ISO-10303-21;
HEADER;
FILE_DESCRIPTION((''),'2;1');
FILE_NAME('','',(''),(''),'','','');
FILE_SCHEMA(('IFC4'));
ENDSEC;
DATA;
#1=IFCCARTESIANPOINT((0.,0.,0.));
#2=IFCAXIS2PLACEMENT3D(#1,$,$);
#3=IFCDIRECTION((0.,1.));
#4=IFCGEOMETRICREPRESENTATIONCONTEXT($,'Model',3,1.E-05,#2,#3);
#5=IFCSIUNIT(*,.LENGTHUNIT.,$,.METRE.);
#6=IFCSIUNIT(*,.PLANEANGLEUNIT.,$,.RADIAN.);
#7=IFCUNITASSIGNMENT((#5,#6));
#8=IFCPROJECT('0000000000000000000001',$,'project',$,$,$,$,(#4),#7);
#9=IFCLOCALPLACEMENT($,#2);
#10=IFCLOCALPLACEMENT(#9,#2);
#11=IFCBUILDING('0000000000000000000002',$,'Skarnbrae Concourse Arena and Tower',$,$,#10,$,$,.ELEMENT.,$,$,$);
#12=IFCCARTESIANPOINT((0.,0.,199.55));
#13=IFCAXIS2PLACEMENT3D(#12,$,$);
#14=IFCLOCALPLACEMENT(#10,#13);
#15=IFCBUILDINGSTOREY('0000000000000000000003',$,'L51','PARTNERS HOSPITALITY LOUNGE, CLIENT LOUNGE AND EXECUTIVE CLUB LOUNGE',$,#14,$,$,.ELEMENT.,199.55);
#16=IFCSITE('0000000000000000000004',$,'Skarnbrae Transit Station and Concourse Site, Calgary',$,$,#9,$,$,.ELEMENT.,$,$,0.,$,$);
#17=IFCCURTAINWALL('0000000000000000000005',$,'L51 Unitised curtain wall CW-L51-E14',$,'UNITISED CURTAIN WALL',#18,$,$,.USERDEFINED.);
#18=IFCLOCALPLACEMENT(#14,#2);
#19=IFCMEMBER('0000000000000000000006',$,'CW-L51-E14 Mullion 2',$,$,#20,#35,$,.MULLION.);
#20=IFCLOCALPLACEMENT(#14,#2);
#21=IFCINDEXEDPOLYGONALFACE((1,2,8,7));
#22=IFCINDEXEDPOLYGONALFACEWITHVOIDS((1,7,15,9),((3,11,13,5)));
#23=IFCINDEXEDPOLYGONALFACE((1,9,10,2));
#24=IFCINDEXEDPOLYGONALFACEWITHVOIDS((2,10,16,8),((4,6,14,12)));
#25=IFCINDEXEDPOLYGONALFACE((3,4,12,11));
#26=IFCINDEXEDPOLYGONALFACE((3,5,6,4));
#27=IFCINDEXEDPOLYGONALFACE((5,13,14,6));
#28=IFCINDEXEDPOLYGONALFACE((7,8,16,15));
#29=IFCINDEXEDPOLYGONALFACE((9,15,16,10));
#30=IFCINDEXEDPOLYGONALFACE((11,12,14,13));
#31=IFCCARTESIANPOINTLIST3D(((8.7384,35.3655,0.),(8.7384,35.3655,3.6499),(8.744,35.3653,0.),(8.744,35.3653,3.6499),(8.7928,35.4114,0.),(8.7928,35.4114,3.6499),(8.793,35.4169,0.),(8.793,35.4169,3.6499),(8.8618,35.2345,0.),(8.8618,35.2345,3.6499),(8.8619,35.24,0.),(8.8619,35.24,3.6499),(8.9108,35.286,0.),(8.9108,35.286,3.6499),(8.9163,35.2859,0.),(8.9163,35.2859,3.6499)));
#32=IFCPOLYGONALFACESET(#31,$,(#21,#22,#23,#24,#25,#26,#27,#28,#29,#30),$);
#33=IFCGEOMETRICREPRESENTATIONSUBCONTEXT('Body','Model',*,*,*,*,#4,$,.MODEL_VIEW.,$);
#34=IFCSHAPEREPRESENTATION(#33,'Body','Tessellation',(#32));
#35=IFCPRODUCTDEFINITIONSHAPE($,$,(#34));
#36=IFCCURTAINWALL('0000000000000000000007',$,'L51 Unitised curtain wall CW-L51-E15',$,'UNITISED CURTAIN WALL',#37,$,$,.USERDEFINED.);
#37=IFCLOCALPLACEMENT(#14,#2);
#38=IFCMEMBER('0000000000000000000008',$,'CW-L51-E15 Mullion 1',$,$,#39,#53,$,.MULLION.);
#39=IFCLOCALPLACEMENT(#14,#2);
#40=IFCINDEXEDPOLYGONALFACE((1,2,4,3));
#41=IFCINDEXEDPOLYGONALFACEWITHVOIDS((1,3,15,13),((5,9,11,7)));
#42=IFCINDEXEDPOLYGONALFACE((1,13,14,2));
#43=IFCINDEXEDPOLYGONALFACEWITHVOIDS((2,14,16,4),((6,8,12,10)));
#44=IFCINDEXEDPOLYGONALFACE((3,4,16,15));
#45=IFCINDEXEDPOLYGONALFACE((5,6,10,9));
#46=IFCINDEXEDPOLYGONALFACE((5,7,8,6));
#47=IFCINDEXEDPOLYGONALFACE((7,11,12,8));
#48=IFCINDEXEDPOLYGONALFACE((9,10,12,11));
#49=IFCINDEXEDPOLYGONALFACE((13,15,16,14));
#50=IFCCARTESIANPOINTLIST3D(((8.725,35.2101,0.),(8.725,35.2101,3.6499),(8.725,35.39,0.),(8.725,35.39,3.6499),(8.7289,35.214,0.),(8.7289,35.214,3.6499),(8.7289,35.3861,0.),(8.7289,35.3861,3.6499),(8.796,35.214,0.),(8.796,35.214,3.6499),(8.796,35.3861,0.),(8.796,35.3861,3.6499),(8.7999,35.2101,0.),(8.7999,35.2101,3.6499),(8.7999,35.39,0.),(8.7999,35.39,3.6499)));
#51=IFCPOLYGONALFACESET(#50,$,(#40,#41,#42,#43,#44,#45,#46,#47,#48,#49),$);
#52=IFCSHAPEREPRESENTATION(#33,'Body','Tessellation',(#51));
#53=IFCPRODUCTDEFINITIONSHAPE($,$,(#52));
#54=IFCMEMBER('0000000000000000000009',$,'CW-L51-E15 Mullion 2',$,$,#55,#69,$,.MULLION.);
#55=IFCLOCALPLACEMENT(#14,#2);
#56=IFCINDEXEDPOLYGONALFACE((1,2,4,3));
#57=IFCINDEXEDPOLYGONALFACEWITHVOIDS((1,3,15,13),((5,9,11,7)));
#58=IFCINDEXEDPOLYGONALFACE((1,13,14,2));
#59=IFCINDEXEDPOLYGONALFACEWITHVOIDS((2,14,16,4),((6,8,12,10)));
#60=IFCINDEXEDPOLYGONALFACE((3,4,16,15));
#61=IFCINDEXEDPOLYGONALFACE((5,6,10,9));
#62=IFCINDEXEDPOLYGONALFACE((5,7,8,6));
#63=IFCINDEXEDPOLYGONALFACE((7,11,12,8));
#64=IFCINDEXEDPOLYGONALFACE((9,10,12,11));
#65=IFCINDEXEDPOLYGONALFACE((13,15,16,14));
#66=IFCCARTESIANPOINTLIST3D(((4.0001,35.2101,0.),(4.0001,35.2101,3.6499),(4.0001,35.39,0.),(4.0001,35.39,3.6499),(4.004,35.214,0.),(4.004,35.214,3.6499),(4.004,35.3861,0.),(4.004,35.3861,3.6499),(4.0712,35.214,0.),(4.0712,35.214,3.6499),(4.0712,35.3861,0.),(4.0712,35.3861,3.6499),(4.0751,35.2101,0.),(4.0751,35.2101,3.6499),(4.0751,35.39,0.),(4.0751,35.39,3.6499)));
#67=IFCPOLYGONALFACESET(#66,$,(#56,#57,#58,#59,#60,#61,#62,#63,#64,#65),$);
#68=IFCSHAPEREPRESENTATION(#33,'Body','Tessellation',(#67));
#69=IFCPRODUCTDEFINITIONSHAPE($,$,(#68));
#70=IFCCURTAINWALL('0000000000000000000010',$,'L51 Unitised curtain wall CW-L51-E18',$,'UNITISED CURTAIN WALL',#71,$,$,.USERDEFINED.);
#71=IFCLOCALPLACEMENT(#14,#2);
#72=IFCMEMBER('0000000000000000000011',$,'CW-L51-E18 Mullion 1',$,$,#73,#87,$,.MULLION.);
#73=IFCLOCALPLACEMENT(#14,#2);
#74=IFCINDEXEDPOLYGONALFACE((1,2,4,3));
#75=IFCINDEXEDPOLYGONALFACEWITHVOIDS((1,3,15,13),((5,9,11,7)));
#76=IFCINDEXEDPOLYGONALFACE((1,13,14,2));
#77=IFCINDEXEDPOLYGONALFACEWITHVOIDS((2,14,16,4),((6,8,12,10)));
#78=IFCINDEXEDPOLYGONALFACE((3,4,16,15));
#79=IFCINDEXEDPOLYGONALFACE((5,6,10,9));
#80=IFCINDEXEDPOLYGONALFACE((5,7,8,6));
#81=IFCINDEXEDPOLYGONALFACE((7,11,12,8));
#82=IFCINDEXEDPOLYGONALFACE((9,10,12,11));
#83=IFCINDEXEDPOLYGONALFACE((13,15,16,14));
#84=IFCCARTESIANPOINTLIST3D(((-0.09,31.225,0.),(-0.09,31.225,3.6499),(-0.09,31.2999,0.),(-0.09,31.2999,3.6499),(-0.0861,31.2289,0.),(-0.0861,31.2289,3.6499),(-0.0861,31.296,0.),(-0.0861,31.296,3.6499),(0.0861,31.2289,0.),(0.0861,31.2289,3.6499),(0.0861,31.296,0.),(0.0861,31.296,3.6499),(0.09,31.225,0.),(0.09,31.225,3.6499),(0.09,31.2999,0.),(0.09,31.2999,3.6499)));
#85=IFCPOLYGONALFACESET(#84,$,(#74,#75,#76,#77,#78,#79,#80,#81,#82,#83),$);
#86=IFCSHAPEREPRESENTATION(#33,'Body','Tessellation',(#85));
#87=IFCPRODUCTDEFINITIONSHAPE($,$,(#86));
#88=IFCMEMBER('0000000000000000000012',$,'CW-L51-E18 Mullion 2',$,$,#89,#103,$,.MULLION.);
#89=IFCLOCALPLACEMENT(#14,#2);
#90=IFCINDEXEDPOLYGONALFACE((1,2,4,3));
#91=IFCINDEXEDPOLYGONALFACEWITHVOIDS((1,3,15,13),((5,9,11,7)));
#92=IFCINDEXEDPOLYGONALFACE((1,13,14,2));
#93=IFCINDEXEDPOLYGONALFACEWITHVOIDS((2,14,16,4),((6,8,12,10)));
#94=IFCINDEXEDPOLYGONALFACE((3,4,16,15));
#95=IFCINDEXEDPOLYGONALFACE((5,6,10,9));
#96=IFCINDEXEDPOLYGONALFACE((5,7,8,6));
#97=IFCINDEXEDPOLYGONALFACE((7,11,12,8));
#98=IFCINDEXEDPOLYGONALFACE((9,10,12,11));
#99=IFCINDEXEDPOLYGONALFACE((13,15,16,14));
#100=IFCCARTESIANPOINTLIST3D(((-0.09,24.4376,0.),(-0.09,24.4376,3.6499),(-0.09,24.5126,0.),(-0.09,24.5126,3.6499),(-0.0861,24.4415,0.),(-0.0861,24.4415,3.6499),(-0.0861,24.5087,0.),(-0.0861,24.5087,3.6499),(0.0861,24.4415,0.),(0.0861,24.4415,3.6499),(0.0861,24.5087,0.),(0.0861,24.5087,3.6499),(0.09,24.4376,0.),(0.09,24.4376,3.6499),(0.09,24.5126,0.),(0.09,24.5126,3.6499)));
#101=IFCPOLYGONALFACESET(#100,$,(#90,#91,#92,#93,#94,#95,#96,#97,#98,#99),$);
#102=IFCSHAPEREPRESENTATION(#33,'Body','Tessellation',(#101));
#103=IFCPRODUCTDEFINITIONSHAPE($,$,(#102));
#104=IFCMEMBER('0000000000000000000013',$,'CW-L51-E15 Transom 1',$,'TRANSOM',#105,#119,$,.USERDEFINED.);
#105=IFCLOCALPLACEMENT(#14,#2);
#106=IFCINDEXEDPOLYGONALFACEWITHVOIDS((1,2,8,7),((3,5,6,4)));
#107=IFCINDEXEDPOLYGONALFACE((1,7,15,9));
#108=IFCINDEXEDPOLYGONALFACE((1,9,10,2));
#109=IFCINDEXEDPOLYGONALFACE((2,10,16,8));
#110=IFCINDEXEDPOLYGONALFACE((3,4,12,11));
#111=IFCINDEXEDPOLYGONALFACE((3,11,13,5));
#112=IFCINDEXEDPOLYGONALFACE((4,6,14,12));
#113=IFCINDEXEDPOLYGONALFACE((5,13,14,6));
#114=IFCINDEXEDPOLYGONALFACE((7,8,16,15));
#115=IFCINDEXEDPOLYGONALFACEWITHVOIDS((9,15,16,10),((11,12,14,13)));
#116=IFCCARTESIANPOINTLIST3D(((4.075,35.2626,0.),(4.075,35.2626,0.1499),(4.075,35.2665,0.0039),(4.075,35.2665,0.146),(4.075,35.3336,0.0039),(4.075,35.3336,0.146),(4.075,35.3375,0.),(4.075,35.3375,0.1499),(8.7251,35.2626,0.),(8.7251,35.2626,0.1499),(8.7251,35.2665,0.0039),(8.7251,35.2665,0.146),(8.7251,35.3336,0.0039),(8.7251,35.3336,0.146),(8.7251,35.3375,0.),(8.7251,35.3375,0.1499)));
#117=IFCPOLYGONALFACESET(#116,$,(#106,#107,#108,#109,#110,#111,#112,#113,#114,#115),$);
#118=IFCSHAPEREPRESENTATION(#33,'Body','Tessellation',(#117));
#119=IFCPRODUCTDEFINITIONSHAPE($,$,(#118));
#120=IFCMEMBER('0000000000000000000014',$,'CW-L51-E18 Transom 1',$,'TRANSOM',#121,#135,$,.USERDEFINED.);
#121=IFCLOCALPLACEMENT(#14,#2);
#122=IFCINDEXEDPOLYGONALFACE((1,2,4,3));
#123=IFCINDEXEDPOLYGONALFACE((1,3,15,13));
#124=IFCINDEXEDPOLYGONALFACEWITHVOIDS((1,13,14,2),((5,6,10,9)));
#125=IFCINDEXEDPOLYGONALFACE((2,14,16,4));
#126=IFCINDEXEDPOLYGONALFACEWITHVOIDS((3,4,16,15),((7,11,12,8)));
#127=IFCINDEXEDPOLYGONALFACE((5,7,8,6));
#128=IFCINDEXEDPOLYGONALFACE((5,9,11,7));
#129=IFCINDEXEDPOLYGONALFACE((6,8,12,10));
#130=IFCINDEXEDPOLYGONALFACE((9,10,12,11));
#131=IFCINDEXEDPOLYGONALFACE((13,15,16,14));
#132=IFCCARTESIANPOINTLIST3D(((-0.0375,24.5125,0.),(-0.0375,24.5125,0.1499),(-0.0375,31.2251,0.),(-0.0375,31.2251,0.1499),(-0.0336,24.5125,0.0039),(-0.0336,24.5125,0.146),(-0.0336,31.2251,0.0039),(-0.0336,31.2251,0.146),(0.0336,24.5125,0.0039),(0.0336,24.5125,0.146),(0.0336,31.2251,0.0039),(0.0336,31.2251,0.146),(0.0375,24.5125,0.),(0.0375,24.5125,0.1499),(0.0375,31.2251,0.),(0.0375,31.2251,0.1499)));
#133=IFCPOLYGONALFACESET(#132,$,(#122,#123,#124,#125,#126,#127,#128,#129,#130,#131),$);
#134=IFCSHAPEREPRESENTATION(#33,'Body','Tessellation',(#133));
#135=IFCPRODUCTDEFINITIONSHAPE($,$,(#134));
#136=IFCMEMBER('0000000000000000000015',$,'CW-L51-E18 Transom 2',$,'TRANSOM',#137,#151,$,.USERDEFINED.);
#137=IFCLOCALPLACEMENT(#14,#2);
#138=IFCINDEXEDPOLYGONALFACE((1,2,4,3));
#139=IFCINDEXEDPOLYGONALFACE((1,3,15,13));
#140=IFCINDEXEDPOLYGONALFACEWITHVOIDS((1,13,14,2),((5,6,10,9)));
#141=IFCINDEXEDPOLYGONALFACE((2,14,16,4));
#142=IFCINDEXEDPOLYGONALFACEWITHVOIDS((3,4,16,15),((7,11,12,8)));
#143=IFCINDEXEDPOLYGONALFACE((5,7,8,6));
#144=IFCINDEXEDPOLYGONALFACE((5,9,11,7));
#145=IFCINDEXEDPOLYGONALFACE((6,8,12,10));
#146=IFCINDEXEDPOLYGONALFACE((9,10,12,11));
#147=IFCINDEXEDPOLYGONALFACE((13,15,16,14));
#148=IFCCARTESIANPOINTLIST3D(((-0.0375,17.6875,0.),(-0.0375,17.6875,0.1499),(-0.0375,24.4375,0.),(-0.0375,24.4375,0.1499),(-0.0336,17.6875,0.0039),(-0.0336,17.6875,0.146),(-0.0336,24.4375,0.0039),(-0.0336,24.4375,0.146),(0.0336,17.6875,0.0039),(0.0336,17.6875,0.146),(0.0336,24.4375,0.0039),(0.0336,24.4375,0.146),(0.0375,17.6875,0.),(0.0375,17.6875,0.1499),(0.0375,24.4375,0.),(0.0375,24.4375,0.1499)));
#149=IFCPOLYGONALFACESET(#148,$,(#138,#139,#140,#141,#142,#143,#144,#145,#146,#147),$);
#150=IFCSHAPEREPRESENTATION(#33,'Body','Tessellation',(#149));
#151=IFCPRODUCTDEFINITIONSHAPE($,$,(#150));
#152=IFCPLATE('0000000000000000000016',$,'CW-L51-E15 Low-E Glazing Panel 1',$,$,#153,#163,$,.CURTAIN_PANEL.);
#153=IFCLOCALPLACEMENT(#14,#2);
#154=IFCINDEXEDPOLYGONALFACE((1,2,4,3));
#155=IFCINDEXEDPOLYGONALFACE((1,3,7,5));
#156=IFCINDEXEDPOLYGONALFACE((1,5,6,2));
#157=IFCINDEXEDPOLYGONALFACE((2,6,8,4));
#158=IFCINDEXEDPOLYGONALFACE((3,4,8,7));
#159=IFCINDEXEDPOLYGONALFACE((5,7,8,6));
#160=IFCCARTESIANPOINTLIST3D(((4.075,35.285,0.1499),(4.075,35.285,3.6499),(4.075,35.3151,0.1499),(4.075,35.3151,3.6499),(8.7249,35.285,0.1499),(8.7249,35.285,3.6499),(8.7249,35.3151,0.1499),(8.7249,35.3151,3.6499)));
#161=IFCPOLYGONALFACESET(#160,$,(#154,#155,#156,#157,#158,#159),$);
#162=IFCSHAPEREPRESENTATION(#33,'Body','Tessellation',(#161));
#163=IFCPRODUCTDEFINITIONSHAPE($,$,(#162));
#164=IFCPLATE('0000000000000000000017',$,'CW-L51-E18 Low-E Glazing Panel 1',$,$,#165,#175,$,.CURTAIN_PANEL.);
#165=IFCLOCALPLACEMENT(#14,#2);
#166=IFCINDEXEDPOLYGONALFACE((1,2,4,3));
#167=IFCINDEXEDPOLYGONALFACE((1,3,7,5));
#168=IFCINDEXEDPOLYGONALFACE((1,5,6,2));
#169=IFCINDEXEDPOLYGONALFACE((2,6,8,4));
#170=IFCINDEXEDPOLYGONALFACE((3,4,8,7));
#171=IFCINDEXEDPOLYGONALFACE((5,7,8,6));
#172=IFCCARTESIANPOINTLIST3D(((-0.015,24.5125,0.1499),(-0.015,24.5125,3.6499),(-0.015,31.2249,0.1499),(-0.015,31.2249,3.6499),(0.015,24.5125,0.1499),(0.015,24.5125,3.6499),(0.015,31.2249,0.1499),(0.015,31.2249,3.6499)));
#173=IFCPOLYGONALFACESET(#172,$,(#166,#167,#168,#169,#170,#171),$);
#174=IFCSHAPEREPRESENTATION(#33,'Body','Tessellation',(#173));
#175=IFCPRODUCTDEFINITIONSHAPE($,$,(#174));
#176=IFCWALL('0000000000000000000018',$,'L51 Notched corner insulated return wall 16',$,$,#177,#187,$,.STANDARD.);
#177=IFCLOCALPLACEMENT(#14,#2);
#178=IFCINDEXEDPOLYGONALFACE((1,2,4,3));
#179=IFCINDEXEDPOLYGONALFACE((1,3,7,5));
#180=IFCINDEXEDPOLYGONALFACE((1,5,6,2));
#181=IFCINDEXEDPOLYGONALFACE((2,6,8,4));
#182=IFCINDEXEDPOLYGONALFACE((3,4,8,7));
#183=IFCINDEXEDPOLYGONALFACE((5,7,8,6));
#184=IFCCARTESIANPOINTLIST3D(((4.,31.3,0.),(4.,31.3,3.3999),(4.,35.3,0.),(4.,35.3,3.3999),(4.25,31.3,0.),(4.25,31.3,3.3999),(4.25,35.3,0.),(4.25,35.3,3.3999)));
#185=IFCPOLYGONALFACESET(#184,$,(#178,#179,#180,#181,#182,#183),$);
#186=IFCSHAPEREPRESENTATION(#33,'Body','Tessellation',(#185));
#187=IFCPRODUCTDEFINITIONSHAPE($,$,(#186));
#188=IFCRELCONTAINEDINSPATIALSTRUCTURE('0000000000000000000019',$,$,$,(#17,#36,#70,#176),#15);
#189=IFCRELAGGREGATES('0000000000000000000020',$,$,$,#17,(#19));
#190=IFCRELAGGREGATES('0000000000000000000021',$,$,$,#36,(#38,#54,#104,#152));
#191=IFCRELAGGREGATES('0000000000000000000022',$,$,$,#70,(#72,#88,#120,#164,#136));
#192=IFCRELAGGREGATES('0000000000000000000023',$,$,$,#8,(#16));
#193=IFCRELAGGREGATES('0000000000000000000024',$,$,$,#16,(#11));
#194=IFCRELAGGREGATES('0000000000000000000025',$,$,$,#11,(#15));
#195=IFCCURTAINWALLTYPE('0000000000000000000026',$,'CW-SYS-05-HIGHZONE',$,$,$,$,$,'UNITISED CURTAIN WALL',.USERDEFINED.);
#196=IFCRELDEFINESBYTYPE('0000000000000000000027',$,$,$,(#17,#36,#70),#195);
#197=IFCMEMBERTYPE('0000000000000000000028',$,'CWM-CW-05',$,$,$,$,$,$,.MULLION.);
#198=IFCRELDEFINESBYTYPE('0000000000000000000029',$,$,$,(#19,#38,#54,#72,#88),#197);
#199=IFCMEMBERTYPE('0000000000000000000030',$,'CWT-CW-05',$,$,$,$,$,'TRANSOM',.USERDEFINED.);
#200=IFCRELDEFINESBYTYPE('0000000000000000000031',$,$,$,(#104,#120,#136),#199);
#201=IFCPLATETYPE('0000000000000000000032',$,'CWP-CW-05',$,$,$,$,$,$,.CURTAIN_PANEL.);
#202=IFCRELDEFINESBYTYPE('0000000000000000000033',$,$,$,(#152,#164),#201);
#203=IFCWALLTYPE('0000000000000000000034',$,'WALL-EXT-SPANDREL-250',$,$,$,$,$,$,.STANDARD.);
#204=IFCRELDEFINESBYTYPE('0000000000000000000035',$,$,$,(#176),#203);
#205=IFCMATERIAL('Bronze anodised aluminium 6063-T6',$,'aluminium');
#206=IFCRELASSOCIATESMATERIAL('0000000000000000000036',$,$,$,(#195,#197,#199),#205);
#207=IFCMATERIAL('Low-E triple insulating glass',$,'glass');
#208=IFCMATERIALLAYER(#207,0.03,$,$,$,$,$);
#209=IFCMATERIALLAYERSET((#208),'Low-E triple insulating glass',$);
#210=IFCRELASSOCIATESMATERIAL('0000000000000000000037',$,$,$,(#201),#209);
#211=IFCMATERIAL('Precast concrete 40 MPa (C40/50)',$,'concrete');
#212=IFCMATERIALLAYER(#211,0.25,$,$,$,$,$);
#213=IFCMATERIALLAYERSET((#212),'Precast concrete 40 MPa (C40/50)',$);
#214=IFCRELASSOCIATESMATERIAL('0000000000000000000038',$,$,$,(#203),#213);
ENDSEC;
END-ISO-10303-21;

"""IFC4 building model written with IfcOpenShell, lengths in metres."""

from ifc_helpers import new_model, si_unit, direction, frame, frame_2d, origin, origin_2d, place, context, subcontext, project, spatial, rectangle, hollow_rectangle, extrude, source, transform, mapped, material, layer, layer_set, material_profile, profile_set, type_object, element, aggregate, save


model = new_model("IFC4")

# Units and contexts
model_context = context("Model", 3, precision=1e-05, world=origin(), true_north=direction((0.0, 1.0)))
body_context = subcontext(model_context, "Body", "Model", "MODEL_VIEW")
ifc_project = project(units=[si_unit("LENGTHUNIT", "METRE"), si_unit("PLANEANGLEUNIT", "RADIAN")], contexts=[model_context])

# Site, building, storey
site_placement = place(None, origin())
site = spatial("IfcSite", under=ifc_project, at=site_placement, Name="Skarnbrae Transit Station and Concourse Site, Calgary", CompositionType="ELEMENT", RefElevation=0.0)
building_placement = place(site_placement, origin())
building = spatial("IfcBuilding", under=site, at=building_placement, Name="Skarnbrae Concourse Arena and Tower", CompositionType="ELEMENT")
storey_placement = place(building_placement, frame((0.0, 0.0, 199.55)))
storey = spatial("IfcBuildingStorey", under=building, at=storey_placement, Name="L51", Description="PARTNERS HOSPITALITY LOUNGE, CLIENT LOUNGE AND EXECUTIVE CLUB LOUNGE", CompositionType="ELEMENT", Elevation=199.55)

# Curtain wall, member
ifc_material_1 = material(Name="Bronze anodised aluminium 6063-T6", Category="aluminium")
curtain_wall_type = type_object("IfcCurtainWallType", Name="CW-SYS-05-HIGHZONE", ElementType="UNITISED CURTAIN WALL", PredefinedType="USERDEFINED", material=ifc_material_1)
curtain_wall_1_placement = place(storey_placement, origin())
curtain_wall_1 = element("IfcCurtainWall", 1, at=curtain_wall_1_placement, inside=storey, type_object=curtain_wall_type, Name="L51 Unitised curtain wall CW-L51-E14", ObjectType="UNITISED CURTAIN WALL", PredefinedType="USERDEFINED")
ifc_material_profile_1 = material_profile(ifc_material_1, hollow_rectangle(XDim=0.075, YDim=0.1799, WallThickness=0.0039, at=origin_2d()), Name="ALU-MULL-75X180")
ifc_profile_set_1 = profile_set([ifc_material_profile_1], Name="Bronze anodised aluminium 6063-T6")
member_type_1 = type_object("IfcMemberType", Name="CWM-CW-05", PredefinedType="MULLION", material=ifc_profile_set_1)
shared_shape_1 = source(origin(), body_context, "Body", "SweptSolid", [
    extrude(hollow_rectangle(XDim=0.075, YDim=0.1799, WallThickness=0.0039, at=origin_2d()), origin(), (0.0, 0.0, 1.0), 3.6499),
])
member_1_placement = place(storey_placement, frame((8.8274, 35.3257, 0.0), z_axis=(0.0, 0.0, 1.0), x_axis=(-0.728131, -0.685438, 0.0)))
member_1 = element("IfcMember", 2, at=member_1_placement, type_object=member_type_1, Name="CW-L51-E14 Mullion 2", PredefinedType="MULLION", context=body_context, shape_type="MappedRepresentation", body=[
    mapped(shared_shape_1, transform((0.0, 0.0, 0.0))),
])
aggregate(curtain_wall_1, [member_1])

# Curtain walls, members
curtain_wall_2_placement = place(storey_placement, origin())
curtain_wall_2 = element("IfcCurtainWall", 3, at=curtain_wall_2_placement, inside=storey, type_object=curtain_wall_type, Name="L51 Unitised curtain wall CW-L51-E15", ObjectType="UNITISED CURTAIN WALL", PredefinedType="USERDEFINED")
member_2_placement = place(storey_placement, frame((8.7625, 35.3, 0.0), z_axis=(0.0, 0.0, 1.0), x_axis=(-1.0, 0.0, 0.0)))
member_2 = element("IfcMember", 4, at=member_2_placement, type_object=member_type_1, Name="CW-L51-E15 Mullion 1", PredefinedType="MULLION", context=body_context, shape_type="MappedRepresentation", body=[
    mapped(shared_shape_1, transform((0.0, 0.0, 0.0))),
])
member_3_placement = place(storey_placement, frame((4.0376, 35.3, 0.0), z_axis=(0.0, 0.0, 1.0), x_axis=(-1.0, 0.0, 0.0)))
member_3 = element("IfcMember", 5, at=member_3_placement, type_object=member_type_1, Name="CW-L51-E15 Mullion 2", PredefinedType="MULLION", context=body_context, shape_type="MappedRepresentation", body=[
    mapped(shared_shape_1, transform((0.0, 0.0, 0.0))),
])
curtain_wall_3_placement = place(storey_placement, origin())
curtain_wall_3 = element("IfcCurtainWall", 6, at=curtain_wall_3_placement, inside=storey, type_object=curtain_wall_type, Name="L51 Unitised curtain wall CW-L51-E18", ObjectType="UNITISED CURTAIN WALL", PredefinedType="USERDEFINED")
member_4_placement = place(storey_placement, frame((0.0, 31.2625, 0.0), z_axis=(0.0, 0.0, 1.0), x_axis=(0.0, -1.0, 0.0)))
member_4 = element("IfcMember", 7, at=member_4_placement, type_object=member_type_1, Name="CW-L51-E18 Mullion 1", PredefinedType="MULLION", context=body_context, shape_type="MappedRepresentation", body=[
    mapped(shared_shape_1, transform((0.0, 0.0, 0.0))),
])
member_5_placement = place(storey_placement, frame((0.0, 24.4751, 0.0), z_axis=(0.0, 0.0, 1.0), x_axis=(0.0, -1.0, 0.0)))
member_5 = element("IfcMember", 8, at=member_5_placement, type_object=member_type_1, Name="CW-L51-E18 Mullion 2", PredefinedType="MULLION", context=body_context, shape_type="MappedRepresentation", body=[
    mapped(shared_shape_1, transform((0.0, 0.0, 0.0))),
])

# Members
ifc_material_profile_2 = material_profile(ifc_material_1, hollow_rectangle(XDim=0.075, YDim=0.1499, WallThickness=0.0039, at=origin_2d()), Name="ALU-TRAN-75X150")
ifc_profile_set_2 = profile_set([ifc_material_profile_2], Name="Bronze anodised aluminium 6063-T6")
member_type_2 = type_object("IfcMemberType", Name="CWT-CW-05", ElementType="TRANSOM", PredefinedType="USERDEFINED", material=ifc_profile_set_2)
shared_shape_2 = source(origin(), body_context, "Body", "SweptSolid", [
    extrude(hollow_rectangle(XDim=0.075, YDim=0.1499, WallThickness=0.0039, at=origin_2d()), origin(), (0.0, 0.0, 1.0), 4.6501),
])
member_6_placement = place(storey_placement, frame((8.7251, 35.3, 0.075), z_axis=(-1.0, 0.0, 0.0), x_axis=(0.0, -1.0, 0.0)))
member_6 = element("IfcMember", 9, at=member_6_placement, type_object=member_type_2, Name="CW-L51-E15 Transom 1", ObjectType="TRANSOM", PredefinedType="USERDEFINED", context=body_context, shape_type="MappedRepresentation", body=[
    mapped(shared_shape_2, transform((0.0, 0.0, 0.0))),
])
shared_shape_3 = source(origin(), body_context, "Body", "SweptSolid", [
    extrude(hollow_rectangle(XDim=0.075, YDim=0.1499, WallThickness=0.0039, at=origin_2d()), origin(), (0.0, 0.0, 1.0), 6.7126),
])
member_7_placement = place(storey_placement, frame((0.0, 31.2251, 0.075), z_axis=(0.0, -1.0, 0.0), x_axis=(1.0, 0.0, 0.0)))
member_7 = element("IfcMember", 10, at=member_7_placement, type_object=member_type_2, Name="CW-L51-E18 Transom 1", ObjectType="TRANSOM", PredefinedType="USERDEFINED", context=body_context, shape_type="MappedRepresentation", body=[
    mapped(shared_shape_3, transform((0.0, 0.0, 0.0))),
])
shared_shape_4 = source(origin(), body_context, "Body", "SweptSolid", [
    extrude(hollow_rectangle(XDim=0.075, YDim=0.1499, WallThickness=0.0039, at=origin_2d()), origin(), (0.0, 0.0, 1.0), 6.75),
])
member_8_placement = place(storey_placement, frame((0.0, 24.4375, 0.075), z_axis=(0.0, -1.0, 0.0), x_axis=(1.0, 0.0, 0.0)))
member_8 = element("IfcMember", 11, at=member_8_placement, type_object=member_type_2, Name="CW-L51-E18 Transom 2", ObjectType="TRANSOM", PredefinedType="USERDEFINED", context=body_context, shape_type="MappedRepresentation", body=[
    mapped(shared_shape_4, transform((0.0, 0.0, 0.0))),
])

# Plates
ifc_material_2 = material(Name="Low-E triple insulating glass", Category="glass")
ifc_layer_1 = layer(ifc_material_2, 0.03)
ifc_layer_set_1 = layer_set([ifc_layer_1], Name="Low-E triple insulating glass")
plate_type = type_object("IfcPlateType", Name="CWP-CW-05", PredefinedType="CURTAIN_PANEL", material=ifc_layer_set_1)
shared_shape_5 = source(origin(), body_context, "Body", "SweptSolid", [
    extrude(rectangle(XDim=4.6499, YDim=0.03, at=origin_2d()), origin(), (0.0, 0.0, 1.0), 3.5),
])
plate_1_placement = place(storey_placement, frame((6.3999, 35.3, 0.1499), z_axis=(0.0, 0.0, 1.0), x_axis=(-1.0, 0.0, 0.0)))
plate_1 = element("IfcPlate", 12, at=plate_1_placement, type_object=plate_type, Name="CW-L51-E15 Low-E Glazing Panel 1", PredefinedType="CURTAIN_PANEL", context=body_context, shape_type="MappedRepresentation", body=[
    mapped(shared_shape_5, transform((0.0, 0.0, 0.0))),
])
aggregate(curtain_wall_2, [member_2, member_3, member_6, plate_1])
shared_shape_6 = source(origin(), body_context, "Body", "SweptSolid", [
    extrude(rectangle(XDim=6.7124, YDim=0.03, at=origin_2d()), origin(), (0.0, 0.0, 1.0), 3.5),
])
plate_2_placement = place(storey_placement, frame((0.0, 27.8687, 0.1499), z_axis=(0.0, 0.0, 1.0), x_axis=(0.0, -1.0, 0.0)))
plate_2 = element("IfcPlate", 13, at=plate_2_placement, type_object=plate_type, Name="CW-L51-E18 Low-E Glazing Panel 1", PredefinedType="CURTAIN_PANEL", context=body_context, shape_type="MappedRepresentation", body=[
    mapped(shared_shape_6, transform((0.0, 0.0, 0.0))),
])
aggregate(curtain_wall_3, [member_4, member_5, member_7, plate_2, member_8])

# Wall
ifc_material_3 = material(Name="Precast concrete 40 MPa (C40/50)", Category="concrete")
ifc_layer_2 = layer(ifc_material_3, 0.25)
ifc_layer_set_2 = layer_set([ifc_layer_2], Name="Precast concrete 40 MPa (C40/50)")
wall_type_1 = type_object("IfcWallType", Name="WALL-EXT-SPANDREL-250", PredefinedType="STANDARD", material=ifc_layer_set_2)
shared_shape_7 = source(origin(), body_context, "Body", "SweptSolid", [
    extrude(rectangle(XDim=4.0, YDim=0.25, at=frame_2d((2.0, 0.0))), origin(), (0.0, 0.0, 1.0), 3.3999),
])
for number, where, z_axis, x_axis, name in (
    (14, (4.125, 35.3, 0.0), (0.0, 0.0, 1.0), (0.0, -1.0, 0.0), "L51 Notched corner insulated return wall 16"),
):
    element("IfcWall", number, at=place(storey_placement, frame(where, z_axis=z_axis, x_axis=x_axis)), inside=storey, type_object=wall_type_1, Name=name, PredefinedType="STANDARD", context=body_context, shape_type="MappedRepresentation", body=[
        mapped(shared_shape_7, transform((0.0, 0.0, 0.0))),
    ])

save(model, "model.ifc")
